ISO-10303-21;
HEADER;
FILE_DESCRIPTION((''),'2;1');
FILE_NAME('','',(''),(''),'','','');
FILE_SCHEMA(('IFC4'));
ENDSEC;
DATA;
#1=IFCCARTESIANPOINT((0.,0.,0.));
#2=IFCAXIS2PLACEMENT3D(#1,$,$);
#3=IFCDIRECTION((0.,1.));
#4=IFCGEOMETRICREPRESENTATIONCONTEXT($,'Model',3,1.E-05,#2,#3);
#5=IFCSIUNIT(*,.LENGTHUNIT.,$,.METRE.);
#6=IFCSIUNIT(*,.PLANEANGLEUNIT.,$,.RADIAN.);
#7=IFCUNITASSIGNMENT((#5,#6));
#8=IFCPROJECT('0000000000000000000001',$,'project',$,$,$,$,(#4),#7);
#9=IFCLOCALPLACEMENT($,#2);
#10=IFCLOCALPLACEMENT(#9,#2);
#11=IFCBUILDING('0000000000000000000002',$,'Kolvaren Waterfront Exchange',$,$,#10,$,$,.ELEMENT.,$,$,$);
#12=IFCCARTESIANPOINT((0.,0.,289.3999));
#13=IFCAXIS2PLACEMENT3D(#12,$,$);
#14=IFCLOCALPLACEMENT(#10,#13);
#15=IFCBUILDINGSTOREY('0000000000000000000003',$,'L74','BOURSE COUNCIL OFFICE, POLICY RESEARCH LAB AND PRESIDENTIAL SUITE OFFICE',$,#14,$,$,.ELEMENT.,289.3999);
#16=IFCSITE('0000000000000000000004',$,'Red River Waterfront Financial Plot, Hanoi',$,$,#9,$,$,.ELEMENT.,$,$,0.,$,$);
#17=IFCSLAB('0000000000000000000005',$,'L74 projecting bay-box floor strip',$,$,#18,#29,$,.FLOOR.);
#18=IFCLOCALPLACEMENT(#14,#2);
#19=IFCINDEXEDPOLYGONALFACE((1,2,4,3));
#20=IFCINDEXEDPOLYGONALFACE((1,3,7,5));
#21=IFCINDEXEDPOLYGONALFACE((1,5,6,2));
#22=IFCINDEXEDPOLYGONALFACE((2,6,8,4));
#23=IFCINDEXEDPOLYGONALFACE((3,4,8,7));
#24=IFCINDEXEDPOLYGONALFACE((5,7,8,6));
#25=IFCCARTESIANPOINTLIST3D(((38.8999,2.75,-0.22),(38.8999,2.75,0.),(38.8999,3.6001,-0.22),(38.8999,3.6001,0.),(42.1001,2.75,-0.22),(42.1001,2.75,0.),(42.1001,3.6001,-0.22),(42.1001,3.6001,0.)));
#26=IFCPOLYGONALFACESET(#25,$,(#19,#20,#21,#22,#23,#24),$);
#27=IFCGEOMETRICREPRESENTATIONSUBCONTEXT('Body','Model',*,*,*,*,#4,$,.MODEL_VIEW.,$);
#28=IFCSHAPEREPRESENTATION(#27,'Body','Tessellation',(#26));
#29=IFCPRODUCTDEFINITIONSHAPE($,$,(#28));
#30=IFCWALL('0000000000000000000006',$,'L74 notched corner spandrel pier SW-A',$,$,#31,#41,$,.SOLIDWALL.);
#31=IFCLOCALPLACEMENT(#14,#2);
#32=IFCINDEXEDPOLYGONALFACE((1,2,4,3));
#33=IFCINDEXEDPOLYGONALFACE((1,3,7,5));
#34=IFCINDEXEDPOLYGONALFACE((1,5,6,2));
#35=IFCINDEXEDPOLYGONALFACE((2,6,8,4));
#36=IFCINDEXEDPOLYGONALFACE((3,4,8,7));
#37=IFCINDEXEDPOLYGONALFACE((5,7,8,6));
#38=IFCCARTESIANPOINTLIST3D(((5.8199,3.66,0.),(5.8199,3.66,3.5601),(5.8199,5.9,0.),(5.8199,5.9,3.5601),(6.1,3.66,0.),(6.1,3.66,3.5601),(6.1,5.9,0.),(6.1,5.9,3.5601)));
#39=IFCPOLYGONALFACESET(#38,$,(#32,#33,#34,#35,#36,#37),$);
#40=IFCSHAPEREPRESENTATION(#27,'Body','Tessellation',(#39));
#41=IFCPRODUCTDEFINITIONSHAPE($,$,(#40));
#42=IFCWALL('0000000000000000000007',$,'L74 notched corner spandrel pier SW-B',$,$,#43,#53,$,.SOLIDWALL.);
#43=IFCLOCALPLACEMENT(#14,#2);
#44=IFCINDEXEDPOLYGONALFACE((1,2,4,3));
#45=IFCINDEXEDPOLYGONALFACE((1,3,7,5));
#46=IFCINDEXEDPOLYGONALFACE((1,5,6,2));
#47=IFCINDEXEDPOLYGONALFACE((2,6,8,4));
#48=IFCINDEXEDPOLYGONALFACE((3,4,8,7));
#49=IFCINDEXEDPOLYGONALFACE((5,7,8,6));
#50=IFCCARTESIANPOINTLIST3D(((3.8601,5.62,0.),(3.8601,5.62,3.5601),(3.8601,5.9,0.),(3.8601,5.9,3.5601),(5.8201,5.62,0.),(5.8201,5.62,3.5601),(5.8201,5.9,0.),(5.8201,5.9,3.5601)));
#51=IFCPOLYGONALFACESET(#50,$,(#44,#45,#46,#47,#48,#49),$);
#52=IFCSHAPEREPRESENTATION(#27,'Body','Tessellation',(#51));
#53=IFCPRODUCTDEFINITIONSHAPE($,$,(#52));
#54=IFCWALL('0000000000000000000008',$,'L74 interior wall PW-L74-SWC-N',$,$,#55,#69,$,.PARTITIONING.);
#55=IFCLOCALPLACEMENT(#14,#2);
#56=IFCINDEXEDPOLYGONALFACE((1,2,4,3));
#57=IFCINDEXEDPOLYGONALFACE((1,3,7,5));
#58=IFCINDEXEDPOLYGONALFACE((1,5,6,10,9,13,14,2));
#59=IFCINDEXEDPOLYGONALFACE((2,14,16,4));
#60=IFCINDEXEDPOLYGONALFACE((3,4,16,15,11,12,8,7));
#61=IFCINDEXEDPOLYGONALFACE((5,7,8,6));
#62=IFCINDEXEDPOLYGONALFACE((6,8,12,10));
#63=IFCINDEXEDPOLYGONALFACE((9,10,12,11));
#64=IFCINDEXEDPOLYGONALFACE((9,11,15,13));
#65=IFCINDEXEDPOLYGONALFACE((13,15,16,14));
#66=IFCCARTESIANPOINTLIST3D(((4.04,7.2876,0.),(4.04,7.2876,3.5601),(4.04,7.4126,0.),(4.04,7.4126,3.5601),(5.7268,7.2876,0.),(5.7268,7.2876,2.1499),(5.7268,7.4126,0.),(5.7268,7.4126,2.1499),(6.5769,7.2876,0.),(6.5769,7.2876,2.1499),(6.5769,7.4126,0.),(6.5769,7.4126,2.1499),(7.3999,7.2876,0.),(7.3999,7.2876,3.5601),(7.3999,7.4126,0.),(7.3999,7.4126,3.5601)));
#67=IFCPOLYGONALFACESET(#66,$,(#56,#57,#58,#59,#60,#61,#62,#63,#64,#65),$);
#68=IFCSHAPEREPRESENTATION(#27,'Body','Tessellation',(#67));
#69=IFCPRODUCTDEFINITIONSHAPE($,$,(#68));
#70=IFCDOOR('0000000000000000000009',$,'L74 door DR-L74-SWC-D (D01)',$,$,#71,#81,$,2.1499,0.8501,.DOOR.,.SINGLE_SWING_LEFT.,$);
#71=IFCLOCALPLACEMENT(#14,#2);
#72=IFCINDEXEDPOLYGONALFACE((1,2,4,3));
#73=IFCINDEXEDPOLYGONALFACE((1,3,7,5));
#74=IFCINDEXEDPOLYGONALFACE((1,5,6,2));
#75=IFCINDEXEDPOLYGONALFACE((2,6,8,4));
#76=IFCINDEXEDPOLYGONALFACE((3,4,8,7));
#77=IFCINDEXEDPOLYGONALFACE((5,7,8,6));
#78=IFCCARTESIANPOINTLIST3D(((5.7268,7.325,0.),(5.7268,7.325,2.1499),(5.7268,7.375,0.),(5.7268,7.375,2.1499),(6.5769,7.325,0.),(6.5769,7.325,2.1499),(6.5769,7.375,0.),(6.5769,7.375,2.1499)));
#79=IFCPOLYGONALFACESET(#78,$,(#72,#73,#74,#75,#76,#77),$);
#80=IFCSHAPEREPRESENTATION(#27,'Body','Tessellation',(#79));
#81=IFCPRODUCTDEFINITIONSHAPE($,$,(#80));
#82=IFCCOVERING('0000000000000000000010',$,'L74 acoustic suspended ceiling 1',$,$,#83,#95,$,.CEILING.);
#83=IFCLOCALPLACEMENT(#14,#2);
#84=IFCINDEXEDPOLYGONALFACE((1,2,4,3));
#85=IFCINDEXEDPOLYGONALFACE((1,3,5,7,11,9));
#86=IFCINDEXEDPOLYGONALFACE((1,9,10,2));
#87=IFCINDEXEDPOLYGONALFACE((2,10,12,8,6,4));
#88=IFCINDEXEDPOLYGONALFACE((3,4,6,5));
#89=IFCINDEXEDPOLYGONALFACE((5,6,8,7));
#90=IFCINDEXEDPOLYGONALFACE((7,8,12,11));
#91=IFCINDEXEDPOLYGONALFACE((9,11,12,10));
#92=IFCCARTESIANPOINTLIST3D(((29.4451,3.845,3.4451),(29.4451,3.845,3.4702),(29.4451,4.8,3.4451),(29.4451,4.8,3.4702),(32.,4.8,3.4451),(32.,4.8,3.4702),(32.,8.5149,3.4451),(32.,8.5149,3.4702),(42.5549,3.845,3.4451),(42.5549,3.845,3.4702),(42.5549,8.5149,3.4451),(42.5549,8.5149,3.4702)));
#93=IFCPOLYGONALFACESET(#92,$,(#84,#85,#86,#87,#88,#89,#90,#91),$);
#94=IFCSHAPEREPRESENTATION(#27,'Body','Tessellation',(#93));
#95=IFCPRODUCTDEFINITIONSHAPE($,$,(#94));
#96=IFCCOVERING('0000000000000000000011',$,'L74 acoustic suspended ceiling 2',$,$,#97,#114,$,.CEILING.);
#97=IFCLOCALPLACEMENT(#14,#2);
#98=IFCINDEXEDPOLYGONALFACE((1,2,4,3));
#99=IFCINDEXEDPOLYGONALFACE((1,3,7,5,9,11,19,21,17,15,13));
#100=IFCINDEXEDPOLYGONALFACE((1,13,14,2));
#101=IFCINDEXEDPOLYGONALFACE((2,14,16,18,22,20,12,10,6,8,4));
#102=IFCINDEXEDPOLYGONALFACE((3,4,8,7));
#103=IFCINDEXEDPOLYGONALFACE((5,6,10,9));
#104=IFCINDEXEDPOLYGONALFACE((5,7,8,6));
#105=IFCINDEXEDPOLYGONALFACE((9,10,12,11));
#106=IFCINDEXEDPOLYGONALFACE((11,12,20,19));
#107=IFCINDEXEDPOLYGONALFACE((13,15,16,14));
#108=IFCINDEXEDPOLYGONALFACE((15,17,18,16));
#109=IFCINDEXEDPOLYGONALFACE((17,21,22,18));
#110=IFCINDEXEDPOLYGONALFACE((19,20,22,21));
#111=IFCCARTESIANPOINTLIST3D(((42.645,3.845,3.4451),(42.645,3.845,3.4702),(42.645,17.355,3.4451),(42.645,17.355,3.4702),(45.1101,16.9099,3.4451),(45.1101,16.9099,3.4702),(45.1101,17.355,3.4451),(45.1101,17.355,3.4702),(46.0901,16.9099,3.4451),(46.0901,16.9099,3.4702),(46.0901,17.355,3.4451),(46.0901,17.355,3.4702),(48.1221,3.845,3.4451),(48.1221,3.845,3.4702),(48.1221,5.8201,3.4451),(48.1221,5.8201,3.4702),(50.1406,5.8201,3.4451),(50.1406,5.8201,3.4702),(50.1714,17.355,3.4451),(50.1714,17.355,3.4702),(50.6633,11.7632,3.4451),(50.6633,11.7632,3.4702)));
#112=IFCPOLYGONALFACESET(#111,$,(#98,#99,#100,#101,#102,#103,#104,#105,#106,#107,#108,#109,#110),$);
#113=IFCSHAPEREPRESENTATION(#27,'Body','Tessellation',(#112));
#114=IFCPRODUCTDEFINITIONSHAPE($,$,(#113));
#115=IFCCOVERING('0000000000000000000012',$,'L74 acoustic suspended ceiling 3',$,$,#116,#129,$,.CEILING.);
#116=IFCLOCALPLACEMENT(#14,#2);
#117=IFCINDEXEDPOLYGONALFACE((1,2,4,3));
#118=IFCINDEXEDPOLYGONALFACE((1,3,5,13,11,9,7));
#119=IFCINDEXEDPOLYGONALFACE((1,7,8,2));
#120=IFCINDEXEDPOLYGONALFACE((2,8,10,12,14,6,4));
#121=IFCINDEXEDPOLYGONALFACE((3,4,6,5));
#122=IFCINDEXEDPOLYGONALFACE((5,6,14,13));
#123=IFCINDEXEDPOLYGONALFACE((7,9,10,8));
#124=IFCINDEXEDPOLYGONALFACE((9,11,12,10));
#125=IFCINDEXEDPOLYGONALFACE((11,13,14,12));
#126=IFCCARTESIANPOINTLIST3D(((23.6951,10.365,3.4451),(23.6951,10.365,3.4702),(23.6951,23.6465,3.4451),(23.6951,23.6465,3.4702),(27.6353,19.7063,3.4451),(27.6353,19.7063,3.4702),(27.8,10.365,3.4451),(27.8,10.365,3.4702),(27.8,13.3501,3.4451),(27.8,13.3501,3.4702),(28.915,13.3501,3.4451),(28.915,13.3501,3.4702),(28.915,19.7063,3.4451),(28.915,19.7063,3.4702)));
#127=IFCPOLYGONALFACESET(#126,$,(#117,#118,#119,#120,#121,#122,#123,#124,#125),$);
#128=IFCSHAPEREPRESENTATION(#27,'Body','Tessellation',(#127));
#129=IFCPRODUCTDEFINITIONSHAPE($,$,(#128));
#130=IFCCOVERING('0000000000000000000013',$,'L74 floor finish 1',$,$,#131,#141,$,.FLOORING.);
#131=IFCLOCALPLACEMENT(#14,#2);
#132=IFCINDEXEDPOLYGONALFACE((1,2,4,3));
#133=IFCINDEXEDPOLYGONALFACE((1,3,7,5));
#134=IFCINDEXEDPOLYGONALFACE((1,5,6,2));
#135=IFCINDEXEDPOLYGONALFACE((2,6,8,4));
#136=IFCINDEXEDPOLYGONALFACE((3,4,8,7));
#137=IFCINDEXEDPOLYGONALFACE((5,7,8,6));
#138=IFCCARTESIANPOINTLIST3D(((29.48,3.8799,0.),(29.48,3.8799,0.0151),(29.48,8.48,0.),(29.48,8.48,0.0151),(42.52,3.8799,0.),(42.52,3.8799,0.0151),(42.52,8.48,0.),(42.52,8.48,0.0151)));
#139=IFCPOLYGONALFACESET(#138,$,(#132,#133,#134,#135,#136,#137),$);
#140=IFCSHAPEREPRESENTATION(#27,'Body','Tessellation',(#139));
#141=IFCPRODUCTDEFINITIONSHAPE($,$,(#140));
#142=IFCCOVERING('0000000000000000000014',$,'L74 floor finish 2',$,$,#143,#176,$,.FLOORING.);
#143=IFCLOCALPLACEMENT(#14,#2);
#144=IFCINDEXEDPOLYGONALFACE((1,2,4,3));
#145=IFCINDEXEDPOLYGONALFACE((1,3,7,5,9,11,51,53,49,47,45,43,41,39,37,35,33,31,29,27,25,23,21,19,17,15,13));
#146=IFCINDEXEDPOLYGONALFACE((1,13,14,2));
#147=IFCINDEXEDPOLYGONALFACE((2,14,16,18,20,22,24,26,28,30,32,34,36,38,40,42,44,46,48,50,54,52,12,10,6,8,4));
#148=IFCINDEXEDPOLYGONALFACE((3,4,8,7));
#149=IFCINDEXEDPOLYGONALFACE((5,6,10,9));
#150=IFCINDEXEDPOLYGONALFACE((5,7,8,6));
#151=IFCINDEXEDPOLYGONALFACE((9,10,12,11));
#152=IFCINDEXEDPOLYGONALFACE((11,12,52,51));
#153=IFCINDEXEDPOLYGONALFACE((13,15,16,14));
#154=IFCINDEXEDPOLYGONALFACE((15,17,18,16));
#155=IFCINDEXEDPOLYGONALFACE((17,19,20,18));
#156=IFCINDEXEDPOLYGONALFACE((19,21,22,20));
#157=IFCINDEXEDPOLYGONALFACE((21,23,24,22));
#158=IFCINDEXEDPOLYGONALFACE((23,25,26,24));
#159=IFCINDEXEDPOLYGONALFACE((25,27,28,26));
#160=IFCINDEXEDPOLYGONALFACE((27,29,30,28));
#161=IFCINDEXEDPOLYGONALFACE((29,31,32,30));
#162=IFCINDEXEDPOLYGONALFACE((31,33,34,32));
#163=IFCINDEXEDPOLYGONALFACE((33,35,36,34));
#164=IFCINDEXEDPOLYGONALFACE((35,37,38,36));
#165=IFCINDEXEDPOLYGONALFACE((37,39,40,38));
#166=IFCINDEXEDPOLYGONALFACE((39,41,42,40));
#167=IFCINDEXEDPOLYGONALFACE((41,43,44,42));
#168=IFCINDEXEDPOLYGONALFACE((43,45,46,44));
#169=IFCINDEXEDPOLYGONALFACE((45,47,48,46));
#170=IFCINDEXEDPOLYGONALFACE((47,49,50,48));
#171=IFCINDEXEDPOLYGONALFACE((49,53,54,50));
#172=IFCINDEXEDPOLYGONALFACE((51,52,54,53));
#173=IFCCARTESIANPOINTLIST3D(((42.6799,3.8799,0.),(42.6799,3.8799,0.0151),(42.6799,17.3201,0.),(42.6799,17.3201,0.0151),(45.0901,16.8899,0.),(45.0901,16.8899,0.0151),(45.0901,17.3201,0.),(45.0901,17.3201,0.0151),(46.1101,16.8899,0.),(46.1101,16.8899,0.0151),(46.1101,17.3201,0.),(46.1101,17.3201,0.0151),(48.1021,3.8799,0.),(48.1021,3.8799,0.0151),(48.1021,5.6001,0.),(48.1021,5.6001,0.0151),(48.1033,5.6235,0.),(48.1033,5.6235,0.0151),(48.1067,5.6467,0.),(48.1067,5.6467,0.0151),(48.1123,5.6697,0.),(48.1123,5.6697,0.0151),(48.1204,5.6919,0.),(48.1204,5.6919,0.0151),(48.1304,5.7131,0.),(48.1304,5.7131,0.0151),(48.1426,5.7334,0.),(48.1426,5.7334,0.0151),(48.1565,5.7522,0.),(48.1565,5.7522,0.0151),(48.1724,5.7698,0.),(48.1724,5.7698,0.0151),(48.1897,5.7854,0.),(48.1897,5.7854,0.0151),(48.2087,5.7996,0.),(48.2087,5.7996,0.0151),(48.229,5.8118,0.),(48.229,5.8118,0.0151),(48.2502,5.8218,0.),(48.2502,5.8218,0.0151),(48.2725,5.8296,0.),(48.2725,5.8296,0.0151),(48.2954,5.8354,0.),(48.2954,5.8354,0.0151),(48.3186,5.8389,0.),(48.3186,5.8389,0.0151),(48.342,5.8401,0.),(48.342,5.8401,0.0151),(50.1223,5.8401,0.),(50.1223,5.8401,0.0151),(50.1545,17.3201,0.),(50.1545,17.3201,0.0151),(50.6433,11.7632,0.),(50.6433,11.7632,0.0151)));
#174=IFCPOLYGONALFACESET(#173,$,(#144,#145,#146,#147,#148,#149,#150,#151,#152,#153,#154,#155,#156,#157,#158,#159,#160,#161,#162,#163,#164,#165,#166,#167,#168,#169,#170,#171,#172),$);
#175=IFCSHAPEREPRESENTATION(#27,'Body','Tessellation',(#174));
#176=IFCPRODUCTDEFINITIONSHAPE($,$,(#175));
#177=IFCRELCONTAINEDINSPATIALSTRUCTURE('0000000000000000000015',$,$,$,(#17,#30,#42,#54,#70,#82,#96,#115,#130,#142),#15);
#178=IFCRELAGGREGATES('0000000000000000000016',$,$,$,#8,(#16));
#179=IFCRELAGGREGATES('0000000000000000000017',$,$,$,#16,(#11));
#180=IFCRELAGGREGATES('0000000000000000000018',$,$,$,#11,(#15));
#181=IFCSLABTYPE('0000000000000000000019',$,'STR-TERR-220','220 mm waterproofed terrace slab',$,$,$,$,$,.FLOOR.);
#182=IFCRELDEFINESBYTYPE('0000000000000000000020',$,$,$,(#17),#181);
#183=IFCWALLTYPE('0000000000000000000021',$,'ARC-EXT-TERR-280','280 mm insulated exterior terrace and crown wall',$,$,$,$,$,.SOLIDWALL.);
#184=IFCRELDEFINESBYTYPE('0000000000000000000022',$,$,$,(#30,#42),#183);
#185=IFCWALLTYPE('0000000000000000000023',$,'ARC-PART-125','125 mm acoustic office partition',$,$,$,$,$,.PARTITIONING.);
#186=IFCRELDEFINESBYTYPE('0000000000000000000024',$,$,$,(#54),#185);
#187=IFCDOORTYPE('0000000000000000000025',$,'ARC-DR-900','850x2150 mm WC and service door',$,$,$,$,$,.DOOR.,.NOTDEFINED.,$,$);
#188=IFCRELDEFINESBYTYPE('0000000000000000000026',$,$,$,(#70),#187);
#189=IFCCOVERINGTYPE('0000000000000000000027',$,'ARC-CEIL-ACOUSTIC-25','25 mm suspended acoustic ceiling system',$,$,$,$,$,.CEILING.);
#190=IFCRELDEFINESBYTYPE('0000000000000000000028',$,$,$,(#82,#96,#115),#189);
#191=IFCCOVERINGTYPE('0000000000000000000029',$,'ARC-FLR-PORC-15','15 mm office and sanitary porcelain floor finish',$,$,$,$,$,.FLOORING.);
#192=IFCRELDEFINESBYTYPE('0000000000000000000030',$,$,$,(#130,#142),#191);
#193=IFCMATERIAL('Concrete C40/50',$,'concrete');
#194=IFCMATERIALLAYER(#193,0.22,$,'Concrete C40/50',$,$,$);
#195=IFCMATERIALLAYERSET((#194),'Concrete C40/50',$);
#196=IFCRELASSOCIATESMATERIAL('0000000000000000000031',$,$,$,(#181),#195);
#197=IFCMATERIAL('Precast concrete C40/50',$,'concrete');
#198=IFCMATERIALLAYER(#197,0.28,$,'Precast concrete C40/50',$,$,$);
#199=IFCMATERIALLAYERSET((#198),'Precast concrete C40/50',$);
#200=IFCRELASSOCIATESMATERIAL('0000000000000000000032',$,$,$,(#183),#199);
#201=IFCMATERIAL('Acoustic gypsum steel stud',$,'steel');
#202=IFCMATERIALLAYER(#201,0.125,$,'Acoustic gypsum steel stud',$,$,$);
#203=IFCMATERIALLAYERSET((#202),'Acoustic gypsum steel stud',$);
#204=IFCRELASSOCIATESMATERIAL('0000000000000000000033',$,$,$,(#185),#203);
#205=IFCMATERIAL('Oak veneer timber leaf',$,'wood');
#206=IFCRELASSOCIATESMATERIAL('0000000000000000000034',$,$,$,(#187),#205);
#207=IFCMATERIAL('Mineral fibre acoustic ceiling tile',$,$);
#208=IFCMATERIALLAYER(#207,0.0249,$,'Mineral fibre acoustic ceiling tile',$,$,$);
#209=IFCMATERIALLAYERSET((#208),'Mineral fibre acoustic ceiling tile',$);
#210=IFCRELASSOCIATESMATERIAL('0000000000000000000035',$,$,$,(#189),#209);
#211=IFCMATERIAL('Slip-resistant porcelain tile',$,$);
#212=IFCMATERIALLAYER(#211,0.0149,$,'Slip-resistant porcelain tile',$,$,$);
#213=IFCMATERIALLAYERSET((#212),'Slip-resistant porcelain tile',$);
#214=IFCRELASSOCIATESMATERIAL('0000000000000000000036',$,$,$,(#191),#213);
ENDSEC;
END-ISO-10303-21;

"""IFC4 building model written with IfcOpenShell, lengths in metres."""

from ifc_helpers import new_model, si_unit, direction, frame, frame_2d, origin, place, context, subcontext, project, spatial, polyline, rectangle, outline, extrude, material, layer, layer_set, type_object, element, fill, save


model = new_model("IFC4")

# Units and contexts
model_context = context("Model", 3, precision=1e-05, world=origin(), true_north=direction((0.0, 1.0)))
body_context = subcontext(model_context, "Body", "Model", "MODEL_VIEW")
ifc_project = project(units=[si_unit("LENGTHUNIT", "METRE"), si_unit("PLANEANGLEUNIT", "RADIAN")], contexts=[model_context])

# Site, building, storey
site_placement = place(None, origin())
site = spatial("IfcSite", under=ifc_project, at=site_placement, Name="Red River Waterfront Financial Plot, Hanoi", CompositionType="ELEMENT", RefElevation=0.0)
building_placement = place(site_placement, origin())
building = spatial("IfcBuilding", under=site, at=building_placement, Name="Kolvaren Waterfront Exchange", CompositionType="ELEMENT")
storey_placement = place(building_placement, frame((0.0, 0.0, 289.3999)))
storey = spatial("IfcBuildingStorey", under=building, at=storey_placement, Name="L74", Description="BOURSE COUNCIL OFFICE, POLICY RESEARCH LAB AND PRESIDENTIAL SUITE OFFICE", CompositionType="ELEMENT", Elevation=289.3999)

# Shared definitions
ifc_material_1 = material(Name="Concrete C40/50", Category="concrete")

# Slab
ifc_layer_1 = layer(ifc_material_1, 0.22, Name="Concrete C40/50")
ifc_layer_set_1 = layer_set([ifc_layer_1], Name="Concrete C40/50")
slab_type_1 = type_object("IfcSlabType", Name="STR-TERR-220", Description="220 mm waterproofed terrace slab", PredefinedType="FLOOR", material=ifc_layer_set_1)
slab_1_placement = place(storey_placement, frame((0.0, 0.0, -0.22)))
element("IfcSlab", 1, at=slab_1_placement, inside=storey, type_object=slab_type_1, Name="L74 projecting bay-box floor strip", PredefinedType="FLOOR", context=body_context, shape_type="SweptSolid", body=[
    extrude(outline(polyline([(38.8999, 2.75), (42.1001, 2.75), (42.1001, 3.6001), (38.8999, 3.6001), (38.8999, 2.75)])), origin(), (0.0, 0.0, 1.0), 0.22),
])

# Walls
ifc_material_2 = material(Name="Precast concrete C40/50", Category="concrete")
ifc_layer_2 = layer(ifc_material_2, 0.28, Name="Precast concrete C40/50")
ifc_layer_set_2 = layer_set([ifc_layer_2], Name="Precast concrete C40/50")
wall_type_1 = type_object("IfcWallType", Name="ARC-EXT-TERR-280", Description="280 mm insulated exterior terrace and crown wall", PredefinedType="SOLIDWALL", material=ifc_layer_set_2)
wall_1_placement = place(storey_placement, frame((5.96, 3.6599, 0.0), z_axis=(0.0, 0.0, 1.0), x_axis=(0.0, 1.0, 0.0)))
element("IfcWall", 2, at=wall_1_placement, inside=storey, type_object=wall_type_1, Name="L74 notched corner spandrel pier SW-A", PredefinedType="SOLIDWALL", context=body_context, shape_type="SweptSolid", body=[
    extrude(rectangle(XDim=2.24, YDim=0.28, at=frame_2d((1.1201, 0.0))), origin(), (0.0, 0.0, 1.0), 3.5601),
])
wall_2_placement = place(storey_placement, frame((3.8601, 5.76, 0.0), z_axis=(0.0, 0.0, 1.0), x_axis=(1.0, 0.0, 0.0)))
element("IfcWall", 3, at=wall_2_placement, inside=storey, type_object=wall_type_1, Name="L74 notched corner spandrel pier SW-B", PredefinedType="SOLIDWALL", context=body_context, shape_type="SweptSolid", body=[
    extrude(rectangle(XDim=1.96, YDim=0.28, at=frame_2d((0.98, 0.0))), origin(), (0.0, 0.0, 1.0), 3.5601),
])

# Wall, opening, door
ifc_material_3 = material(Name="Acoustic gypsum steel stud", Category="steel")
ifc_layer_3 = layer(ifc_material_3, 0.125, Name="Acoustic gypsum steel stud")
ifc_layer_set_3 = layer_set([ifc_layer_3], Name="Acoustic gypsum steel stud")
wall_type_2 = type_object("IfcWallType", Name="ARC-PART-125", Description="125 mm acoustic office partition", PredefinedType="PARTITIONING", material=ifc_layer_set_3)
wall_3_placement = place(storey_placement, frame((4.04, 7.3501, 0.0), z_axis=(0.0, 0.0, 1.0), x_axis=(1.0, 0.0, 0.0)))
wall_3 = element("IfcWall", 4, at=wall_3_placement, inside=storey, type_object=wall_type_2, Name="L74 interior wall PW-L74-SWC-N", PredefinedType="PARTITIONING", context=body_context, shape_type="SweptSolid", body=[
    extrude(rectangle(XDim=3.3599, YDim=0.125, at=frame_2d((1.6799, 0.0))), origin(), (0.0, 0.0, 1.0), 3.5601),
])
opening_placement = place(wall_3_placement, frame((1.6868, 0.0, 0.0)))
opening = element("IfcOpeningElement", 5, at=opening_placement, cuts=wall_3, PredefinedType="OPENING", context=body_context, shape_type="SweptSolid", body=[
    extrude(rectangle(XDim=0.8501, YDim=2.1499, at=frame_2d((0.425, 1.075))), frame((0.0, 0.0725, 0.0), z_axis=(0.0, -1.0, 0.0), x_axis=(1.0, 0.0, 0.0)), (0.0, 0.0, 1.0), 0.145),
])
ifc_material_4 = material(Name="Oak veneer timber leaf", Category="wood")
door_type = type_object("IfcDoorType", Name="ARC-DR-900", Description="850x2150 mm WC and service door", OperationType="NOTDEFINED", PredefinedType="DOOR", material=ifc_material_4)
door_placement = place(opening_placement, origin())
door = element("IfcDoor", 6, at=door_placement, inside=storey, type_object=door_type, Name="L74 door DR-L74-SWC-D (D01)", OperationType="SINGLE_SWING_LEFT", OverallHeight=2.1499, OverallWidth=0.8501, PredefinedType="DOOR", context=body_context, shape_type="SweptSolid", body=[
    extrude(rectangle(XDim=0.8501, YDim=2.1499, at=frame_2d((0.425, 1.075))), frame((0.0, 0.0249, 0.0), z_axis=(0.0, -1.0, 0.0), x_axis=(1.0, 0.0, 0.0)), (0.0, 0.0, 1.0), 0.05),
])
fill(opening, door)

# Coverings
ifc_material_5 = material(Name="Mineral fibre acoustic ceiling tile")
ifc_layer_4 = layer(ifc_material_5, 0.0249, Name="Mineral fibre acoustic ceiling tile")
ifc_layer_set_4 = layer_set([ifc_layer_4], Name="Mineral fibre acoustic ceiling tile")
covering_type_1 = type_object("IfcCoveringType", Name="ARC-CEIL-ACOUSTIC-25", Description="25 mm suspended acoustic ceiling system", PredefinedType="CEILING", material=ifc_layer_set_4)
covering_1_placement = place(storey_placement, frame((0.0, 0.0, 3.4451)))
element("IfcCovering", 7, at=covering_1_placement, inside=storey, type_object=covering_type_1, Name="L74 acoustic suspended ceiling 1", PredefinedType="CEILING", context=body_context, shape_type="SweptSolid", body=[
    extrude(outline(polyline([(42.5549, 3.845), (42.5549, 8.5149), (32.0, 8.5149), (32.0, 4.8), (29.4451, 4.8), (29.4451, 3.845), (42.5549, 3.845)])), origin(), (0.0, 0.0, 1.0), 0.0251),
])
covering_2_placement = place(storey_placement, frame((0.0, 0.0, 3.4451)))
element("IfcCovering", 8, at=covering_2_placement, inside=storey, type_object=covering_type_1, Name="L74 acoustic suspended ceiling 2", PredefinedType="CEILING", context=body_context, shape_type="SweptSolid", body=[
    extrude(outline(polyline([(46.0901, 17.355), (46.0901, 16.9099), (45.1101, 16.9099), (45.1101, 17.355), (42.645, 17.355), (42.645, 3.845), (48.1221, 3.845), (48.1221, 5.8201), (50.1406, 5.8201), (50.6633, 11.7632), (50.1714, 17.355), (46.0901, 17.355)])), origin(), (0.0, 0.0, 1.0), 0.0251),
])
covering_3_placement = place(storey_placement, frame((0.0, 0.0, 3.4451)))
element("IfcCovering", 9, at=covering_3_placement, inside=storey, type_object=covering_type_1, Name="L74 acoustic suspended ceiling 3", PredefinedType="CEILING", context=body_context, shape_type="SweptSolid", body=[
    extrude(outline(polyline([(27.6353, 19.7063), (23.6951, 23.6465), (23.6951, 10.365), (27.8, 10.365), (27.8, 13.3501), (28.915, 13.3501), (28.915, 19.7063), (27.6353, 19.7063)])), origin(), (0.0, 0.0, 1.0), 0.0251),
])
ifc_material_6 = material(Name="Slip-resistant porcelain tile")
ifc_layer_5 = layer(ifc_material_6, 0.0149, Name="Slip-resistant porcelain tile")
ifc_layer_set_5 = layer_set([ifc_layer_5], Name="Slip-resistant porcelain tile")
covering_type_2 = type_object("IfcCoveringType", Name="ARC-FLR-PORC-15", Description="15 mm office and sanitary porcelain floor finish", PredefinedType="FLOORING", material=ifc_layer_set_5)
covering_4_placement = place(storey_placement, origin())
element("IfcCovering", 10, at=covering_4_placement, inside=storey, type_object=covering_type_2, Name="L74 floor finish 1", PredefinedType="FLOORING", context=body_context, shape_type="SweptSolid", body=[
    extrude(outline(polyline([(29.48, 8.48), (29.48, 3.8799), (42.52, 3.8799), (42.52, 8.48), (29.48, 8.48)])), origin(), (0.0, 0.0, 1.0), 0.0151),
])
covering_5_placement = place(storey_placement, origin())
element("IfcCovering", 11, at=covering_5_placement, inside=storey, type_object=covering_type_2, Name="L74 floor finish 2", PredefinedType="FLOORING", context=body_context, shape_type="SweptSolid", body=[
    extrude(outline(polyline([(42.6799, 17.3201), (42.6799, 3.8799), (48.1021, 3.8799), (48.1021, 5.6001), (48.1033, 5.6235), (48.1067, 5.6467), (48.1123, 5.6697), (48.1204, 5.6919), (48.1304, 5.7131), (48.1426, 5.7334), (48.1565, 5.7522), (48.1724, 5.7698), (48.1897, 5.7854), (48.2087, 5.7996), (48.229, 5.8118), (48.2502, 5.8218), (48.2725, 5.8296), (48.2954, 5.8354), (48.3186, 5.8389), (48.342, 5.8401), (50.1223, 5.8401), (50.6433, 11.7632), (50.1545, 17.3201), (46.1101, 17.3201), (46.1101, 16.8899), (45.0901, 16.8899), (45.0901, 17.3201), (42.6799, 17.3201)])), origin(), (0.0, 0.0, 1.0), 0.0151),
])

save(model, "model.ifc")
